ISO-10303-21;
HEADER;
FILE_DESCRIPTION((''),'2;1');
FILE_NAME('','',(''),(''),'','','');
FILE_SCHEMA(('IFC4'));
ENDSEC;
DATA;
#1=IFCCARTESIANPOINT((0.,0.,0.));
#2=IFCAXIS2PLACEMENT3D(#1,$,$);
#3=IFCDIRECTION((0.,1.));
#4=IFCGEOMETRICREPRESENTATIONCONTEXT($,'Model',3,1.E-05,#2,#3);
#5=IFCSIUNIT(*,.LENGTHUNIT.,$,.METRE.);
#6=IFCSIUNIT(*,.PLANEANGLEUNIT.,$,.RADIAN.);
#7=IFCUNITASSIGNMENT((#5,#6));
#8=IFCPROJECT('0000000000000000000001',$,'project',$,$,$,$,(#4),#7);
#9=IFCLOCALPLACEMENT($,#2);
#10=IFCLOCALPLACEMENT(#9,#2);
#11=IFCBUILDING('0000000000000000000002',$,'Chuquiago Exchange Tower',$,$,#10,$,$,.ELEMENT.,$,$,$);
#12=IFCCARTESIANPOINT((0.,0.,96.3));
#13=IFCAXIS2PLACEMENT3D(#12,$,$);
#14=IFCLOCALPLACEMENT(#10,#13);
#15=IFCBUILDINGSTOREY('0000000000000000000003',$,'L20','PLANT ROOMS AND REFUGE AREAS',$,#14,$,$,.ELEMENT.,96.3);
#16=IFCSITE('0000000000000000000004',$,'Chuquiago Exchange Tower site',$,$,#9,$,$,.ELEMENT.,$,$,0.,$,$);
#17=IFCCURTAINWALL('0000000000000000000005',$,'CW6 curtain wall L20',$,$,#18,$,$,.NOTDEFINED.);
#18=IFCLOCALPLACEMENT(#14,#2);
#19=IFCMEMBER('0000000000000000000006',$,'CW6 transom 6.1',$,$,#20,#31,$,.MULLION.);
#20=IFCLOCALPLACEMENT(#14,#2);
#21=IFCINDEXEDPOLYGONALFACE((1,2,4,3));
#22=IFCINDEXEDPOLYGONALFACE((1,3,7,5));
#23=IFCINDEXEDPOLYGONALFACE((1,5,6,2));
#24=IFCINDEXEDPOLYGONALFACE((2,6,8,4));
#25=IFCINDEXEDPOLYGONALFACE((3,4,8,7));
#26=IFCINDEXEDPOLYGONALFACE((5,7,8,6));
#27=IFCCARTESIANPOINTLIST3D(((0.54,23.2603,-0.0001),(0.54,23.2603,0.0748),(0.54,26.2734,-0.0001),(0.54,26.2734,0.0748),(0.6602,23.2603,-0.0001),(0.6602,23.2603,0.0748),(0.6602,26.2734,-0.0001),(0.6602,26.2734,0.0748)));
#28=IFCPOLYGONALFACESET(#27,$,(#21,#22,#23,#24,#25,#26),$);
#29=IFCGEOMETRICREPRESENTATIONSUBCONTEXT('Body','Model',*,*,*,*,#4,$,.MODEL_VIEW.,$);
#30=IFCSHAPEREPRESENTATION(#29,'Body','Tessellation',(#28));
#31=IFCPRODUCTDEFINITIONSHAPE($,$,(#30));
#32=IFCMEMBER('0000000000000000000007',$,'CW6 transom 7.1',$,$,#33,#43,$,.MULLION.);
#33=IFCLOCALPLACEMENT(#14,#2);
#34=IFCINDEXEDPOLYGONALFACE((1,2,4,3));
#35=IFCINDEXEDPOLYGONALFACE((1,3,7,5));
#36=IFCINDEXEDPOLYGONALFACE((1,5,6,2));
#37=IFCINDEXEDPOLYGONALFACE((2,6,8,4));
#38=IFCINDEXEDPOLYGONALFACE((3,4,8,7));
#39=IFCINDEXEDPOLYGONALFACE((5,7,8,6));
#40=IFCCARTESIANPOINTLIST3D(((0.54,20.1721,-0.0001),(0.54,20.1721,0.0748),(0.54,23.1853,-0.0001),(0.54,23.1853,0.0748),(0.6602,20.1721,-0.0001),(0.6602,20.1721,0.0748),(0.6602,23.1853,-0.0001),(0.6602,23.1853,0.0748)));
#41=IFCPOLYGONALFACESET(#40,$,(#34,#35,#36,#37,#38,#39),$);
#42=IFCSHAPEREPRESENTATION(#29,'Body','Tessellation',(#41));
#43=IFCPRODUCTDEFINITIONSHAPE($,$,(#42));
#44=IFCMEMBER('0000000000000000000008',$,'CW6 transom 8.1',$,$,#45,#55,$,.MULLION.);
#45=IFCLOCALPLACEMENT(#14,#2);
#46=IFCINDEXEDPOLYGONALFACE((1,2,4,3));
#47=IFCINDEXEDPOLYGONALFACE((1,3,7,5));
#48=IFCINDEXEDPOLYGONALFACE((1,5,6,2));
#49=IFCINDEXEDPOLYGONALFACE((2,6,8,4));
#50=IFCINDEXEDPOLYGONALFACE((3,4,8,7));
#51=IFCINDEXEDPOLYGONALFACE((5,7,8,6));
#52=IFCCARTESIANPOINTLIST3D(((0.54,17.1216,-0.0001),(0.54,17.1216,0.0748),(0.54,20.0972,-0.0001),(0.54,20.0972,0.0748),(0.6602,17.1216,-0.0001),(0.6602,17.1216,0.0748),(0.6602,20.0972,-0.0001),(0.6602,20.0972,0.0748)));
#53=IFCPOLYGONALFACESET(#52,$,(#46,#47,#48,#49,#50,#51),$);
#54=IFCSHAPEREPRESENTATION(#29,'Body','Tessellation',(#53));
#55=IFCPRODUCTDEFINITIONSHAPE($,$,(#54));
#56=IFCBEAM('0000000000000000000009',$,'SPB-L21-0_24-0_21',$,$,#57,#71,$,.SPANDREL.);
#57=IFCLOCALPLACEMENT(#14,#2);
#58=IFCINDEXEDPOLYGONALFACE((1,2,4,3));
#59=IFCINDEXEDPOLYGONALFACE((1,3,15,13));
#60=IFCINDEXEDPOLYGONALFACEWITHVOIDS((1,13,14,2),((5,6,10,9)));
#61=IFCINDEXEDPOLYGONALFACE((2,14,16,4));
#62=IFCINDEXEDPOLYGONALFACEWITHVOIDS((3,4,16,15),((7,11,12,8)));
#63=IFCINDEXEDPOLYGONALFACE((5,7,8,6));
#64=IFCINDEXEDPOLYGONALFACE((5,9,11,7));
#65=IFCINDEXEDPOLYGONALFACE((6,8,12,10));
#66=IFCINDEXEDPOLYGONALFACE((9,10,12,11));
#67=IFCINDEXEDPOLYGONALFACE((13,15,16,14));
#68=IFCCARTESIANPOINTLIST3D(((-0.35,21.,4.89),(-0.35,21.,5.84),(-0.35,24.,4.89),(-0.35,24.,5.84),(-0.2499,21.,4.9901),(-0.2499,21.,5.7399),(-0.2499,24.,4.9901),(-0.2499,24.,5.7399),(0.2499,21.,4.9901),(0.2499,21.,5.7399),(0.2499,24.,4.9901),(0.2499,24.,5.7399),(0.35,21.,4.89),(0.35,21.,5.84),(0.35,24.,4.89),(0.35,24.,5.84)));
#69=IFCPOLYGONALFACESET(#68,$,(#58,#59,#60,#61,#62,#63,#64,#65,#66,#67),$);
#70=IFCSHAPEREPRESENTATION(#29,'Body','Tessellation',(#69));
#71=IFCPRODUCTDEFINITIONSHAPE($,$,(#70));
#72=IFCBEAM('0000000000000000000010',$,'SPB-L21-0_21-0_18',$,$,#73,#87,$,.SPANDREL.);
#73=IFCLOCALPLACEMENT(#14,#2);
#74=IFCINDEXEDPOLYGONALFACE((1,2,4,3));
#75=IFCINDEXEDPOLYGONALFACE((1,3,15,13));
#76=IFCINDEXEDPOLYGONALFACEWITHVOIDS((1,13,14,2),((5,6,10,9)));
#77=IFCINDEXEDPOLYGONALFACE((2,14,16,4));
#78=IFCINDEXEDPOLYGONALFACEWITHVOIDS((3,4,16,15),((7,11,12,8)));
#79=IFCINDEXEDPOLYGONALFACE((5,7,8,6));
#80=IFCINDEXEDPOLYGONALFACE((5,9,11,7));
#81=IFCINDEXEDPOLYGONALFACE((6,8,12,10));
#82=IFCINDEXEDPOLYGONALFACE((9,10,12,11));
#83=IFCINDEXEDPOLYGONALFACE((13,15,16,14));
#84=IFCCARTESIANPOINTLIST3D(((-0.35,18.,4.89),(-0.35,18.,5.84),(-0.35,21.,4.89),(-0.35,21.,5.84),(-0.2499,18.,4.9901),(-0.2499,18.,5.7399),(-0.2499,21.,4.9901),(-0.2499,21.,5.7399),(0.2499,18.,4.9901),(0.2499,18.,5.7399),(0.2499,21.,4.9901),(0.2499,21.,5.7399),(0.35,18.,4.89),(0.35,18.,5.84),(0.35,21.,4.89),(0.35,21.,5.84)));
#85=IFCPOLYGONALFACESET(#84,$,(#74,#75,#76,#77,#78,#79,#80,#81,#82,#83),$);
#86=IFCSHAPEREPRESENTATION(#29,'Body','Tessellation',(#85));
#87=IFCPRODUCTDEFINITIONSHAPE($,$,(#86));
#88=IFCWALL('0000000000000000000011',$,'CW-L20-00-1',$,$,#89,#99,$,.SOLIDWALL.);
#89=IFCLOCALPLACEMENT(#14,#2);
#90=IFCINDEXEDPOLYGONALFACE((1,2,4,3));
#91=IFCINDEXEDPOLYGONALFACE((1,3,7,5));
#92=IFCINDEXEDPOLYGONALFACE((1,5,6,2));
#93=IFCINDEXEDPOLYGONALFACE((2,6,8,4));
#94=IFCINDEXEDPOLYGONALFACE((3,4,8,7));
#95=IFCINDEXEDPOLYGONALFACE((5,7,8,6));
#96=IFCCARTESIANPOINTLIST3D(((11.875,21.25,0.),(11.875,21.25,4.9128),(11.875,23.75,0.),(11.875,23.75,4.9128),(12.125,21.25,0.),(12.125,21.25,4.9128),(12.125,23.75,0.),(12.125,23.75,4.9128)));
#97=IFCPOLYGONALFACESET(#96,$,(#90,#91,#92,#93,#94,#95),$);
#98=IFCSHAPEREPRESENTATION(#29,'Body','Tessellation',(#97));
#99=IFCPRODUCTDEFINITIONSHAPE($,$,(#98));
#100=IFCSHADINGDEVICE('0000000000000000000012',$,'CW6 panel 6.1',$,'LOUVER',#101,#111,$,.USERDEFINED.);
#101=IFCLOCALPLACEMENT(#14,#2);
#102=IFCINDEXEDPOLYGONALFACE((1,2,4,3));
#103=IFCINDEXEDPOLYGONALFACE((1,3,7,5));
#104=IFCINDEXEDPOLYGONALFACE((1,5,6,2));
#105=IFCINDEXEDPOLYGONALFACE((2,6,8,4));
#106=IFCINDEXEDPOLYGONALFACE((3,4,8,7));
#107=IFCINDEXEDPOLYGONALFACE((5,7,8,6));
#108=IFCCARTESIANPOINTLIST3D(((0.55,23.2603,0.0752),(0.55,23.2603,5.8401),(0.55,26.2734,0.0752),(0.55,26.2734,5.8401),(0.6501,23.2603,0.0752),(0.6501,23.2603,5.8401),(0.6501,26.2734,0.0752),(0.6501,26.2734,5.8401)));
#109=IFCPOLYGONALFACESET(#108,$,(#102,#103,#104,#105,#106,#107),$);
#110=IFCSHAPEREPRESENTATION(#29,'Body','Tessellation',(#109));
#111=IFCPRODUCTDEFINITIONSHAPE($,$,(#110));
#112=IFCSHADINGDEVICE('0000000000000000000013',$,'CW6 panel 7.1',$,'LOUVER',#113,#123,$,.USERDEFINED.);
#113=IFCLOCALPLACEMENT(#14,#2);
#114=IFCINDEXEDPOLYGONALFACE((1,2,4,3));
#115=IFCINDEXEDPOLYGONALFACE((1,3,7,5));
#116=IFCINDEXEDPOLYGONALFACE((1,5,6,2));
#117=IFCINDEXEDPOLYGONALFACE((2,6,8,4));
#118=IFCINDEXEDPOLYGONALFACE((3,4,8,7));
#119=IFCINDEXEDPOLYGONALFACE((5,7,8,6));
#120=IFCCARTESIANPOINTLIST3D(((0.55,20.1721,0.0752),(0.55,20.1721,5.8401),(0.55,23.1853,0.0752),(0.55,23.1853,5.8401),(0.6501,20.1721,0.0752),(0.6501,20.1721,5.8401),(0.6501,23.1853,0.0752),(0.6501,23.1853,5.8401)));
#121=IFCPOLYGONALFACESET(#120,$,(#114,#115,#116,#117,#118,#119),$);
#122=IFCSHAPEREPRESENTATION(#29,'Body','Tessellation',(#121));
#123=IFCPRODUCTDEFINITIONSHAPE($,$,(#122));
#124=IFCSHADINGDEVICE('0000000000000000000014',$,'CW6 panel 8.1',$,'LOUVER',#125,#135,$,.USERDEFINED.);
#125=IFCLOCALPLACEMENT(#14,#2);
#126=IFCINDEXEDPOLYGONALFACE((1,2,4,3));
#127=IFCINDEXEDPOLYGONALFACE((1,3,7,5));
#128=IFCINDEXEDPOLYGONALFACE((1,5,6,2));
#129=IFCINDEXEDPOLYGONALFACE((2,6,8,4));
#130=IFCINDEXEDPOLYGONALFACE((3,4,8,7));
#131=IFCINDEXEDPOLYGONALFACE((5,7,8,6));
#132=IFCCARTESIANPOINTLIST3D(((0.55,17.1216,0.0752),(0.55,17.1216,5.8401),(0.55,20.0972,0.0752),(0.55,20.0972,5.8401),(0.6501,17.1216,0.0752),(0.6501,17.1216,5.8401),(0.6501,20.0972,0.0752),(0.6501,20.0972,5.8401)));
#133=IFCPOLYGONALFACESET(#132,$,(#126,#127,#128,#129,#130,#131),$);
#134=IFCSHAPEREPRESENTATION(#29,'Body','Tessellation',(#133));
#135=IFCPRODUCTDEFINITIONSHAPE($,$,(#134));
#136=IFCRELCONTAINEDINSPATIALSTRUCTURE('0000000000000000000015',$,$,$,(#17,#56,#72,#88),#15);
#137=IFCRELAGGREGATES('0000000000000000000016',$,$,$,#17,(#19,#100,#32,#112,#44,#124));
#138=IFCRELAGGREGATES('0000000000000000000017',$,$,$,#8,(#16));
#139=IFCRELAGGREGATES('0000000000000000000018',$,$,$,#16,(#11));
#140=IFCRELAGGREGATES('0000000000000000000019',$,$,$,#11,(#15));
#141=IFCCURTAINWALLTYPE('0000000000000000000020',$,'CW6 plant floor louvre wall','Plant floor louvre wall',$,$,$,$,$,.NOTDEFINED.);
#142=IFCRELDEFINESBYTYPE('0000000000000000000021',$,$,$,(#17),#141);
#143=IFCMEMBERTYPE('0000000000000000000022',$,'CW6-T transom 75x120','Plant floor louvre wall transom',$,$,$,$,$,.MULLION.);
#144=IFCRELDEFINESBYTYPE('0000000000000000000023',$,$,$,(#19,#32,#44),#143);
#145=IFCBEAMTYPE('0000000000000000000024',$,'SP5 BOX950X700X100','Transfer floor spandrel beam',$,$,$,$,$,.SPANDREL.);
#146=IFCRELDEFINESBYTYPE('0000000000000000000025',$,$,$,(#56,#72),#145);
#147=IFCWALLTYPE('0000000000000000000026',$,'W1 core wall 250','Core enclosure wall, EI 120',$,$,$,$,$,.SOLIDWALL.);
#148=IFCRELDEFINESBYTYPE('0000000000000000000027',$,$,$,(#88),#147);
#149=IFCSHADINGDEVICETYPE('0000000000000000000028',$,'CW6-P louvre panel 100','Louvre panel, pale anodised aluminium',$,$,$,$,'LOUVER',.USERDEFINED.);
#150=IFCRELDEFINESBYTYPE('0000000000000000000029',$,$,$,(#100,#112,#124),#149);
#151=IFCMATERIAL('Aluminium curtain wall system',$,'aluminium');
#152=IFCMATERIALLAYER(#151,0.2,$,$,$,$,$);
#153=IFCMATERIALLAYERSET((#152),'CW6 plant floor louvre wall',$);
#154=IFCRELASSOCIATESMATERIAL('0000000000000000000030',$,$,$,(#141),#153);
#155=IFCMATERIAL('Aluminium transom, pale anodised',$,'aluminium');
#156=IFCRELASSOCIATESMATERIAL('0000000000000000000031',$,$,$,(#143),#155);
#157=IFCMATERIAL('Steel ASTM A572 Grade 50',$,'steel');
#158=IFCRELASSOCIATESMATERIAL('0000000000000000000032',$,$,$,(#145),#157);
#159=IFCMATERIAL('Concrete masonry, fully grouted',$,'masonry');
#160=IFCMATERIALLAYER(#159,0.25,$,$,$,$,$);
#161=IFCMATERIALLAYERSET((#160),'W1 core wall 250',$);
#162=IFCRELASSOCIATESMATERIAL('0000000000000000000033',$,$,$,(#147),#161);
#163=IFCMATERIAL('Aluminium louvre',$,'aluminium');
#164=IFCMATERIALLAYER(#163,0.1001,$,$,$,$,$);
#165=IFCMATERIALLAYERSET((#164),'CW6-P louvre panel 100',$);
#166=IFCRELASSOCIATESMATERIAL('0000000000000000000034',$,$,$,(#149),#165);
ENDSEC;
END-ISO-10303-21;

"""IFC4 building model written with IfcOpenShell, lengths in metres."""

from ifc_helpers import new_model, si_unit, direction, frame, frame_2d, origin, origin_2d, place, context, subcontext, project, spatial, rectangle, hollow_rectangle, extrude, material, layer, layer_set, material_profile, profile_set, type_object, element, aggregate, save


model = new_model("IFC4")

# Units and contexts
model_context = context("Model", 3, precision=1e-05, world=origin(), true_north=direction((0.0, 1.0)))
body_context = subcontext(model_context, "Body", "Model", "MODEL_VIEW")
ifc_project = project(units=[si_unit("LENGTHUNIT", "METRE"), si_unit("PLANEANGLEUNIT", "RADIAN")], contexts=[model_context])

# Site, building, storey
site_placement = place(None, origin())
site = spatial("IfcSite", under=ifc_project, at=site_placement, Name="Chuquiago Exchange Tower site", CompositionType="ELEMENT", RefElevation=0.0)
building_placement = place(site_placement, origin())
building = spatial("IfcBuilding", under=site, at=building_placement, Name="Chuquiago Exchange Tower", CompositionType="ELEMENT")
storey_placement = place(building_placement, frame((0.0, 0.0, 96.3)))
storey = spatial("IfcBuildingStorey", under=building, at=storey_placement, Name="L20", Description="PLANT ROOMS AND REFUGE AREAS", CompositionType="ELEMENT", Elevation=96.3)

# Curtain wall, members
ifc_material_1 = material(Name="Aluminium curtain wall system", Category="aluminium")
ifc_layer_1 = layer(ifc_material_1, 0.2)
ifc_layer_set_1 = layer_set([ifc_layer_1], Name="CW6 plant floor louvre wall")
curtain_wall_type = type_object("IfcCurtainWallType", Name="CW6 plant floor louvre wall", Description="Plant floor louvre wall", PredefinedType="NOTDEFINED", material=ifc_layer_set_1)
curtain_wall_placement = place(storey_placement, origin())
curtain_wall = element("IfcCurtainWall", 1, at=curtain_wall_placement, inside=storey, type_object=curtain_wall_type, Name="CW6 curtain wall L20", PredefinedType="NOTDEFINED")
ifc_material_2 = material(Name="Aluminium transom, pale anodised", Category="aluminium")
ifc_material_profile_1 = material_profile(ifc_material_2, rectangle(XDim=0.1201, YDim=0.075, at=origin_2d()), Name="AL 120x75")
ifc_profile_set_1 = profile_set([ifc_material_profile_1], Name="Aluminium transom, pale anodised")
member_type_1 = type_object("IfcMemberType", Name="CW6-T transom 75x120", Description="Plant floor louvre wall transom", PredefinedType="MULLION", material=ifc_profile_set_1)
member_1_placement = place(storey_placement, frame((0.6001, 26.2734, 0.0374), z_axis=(0.0, -1.0, 0.0), x_axis=(1.0, 0.0, 0.0)))
member_1 = element("IfcMember", 2, at=member_1_placement, type_object=member_type_1, Name="CW6 transom 6.1", PredefinedType="MULLION", context=body_context, shape_type="SweptSolid", body=[
    extrude(rectangle(XDim=0.1201, YDim=0.075, at=origin_2d()), origin(), (0.0, 0.0, 1.0), 3.0132),
])
member_2_placement = place(storey_placement, frame((0.6001, 23.1853, 0.0374), z_axis=(0.0, -1.0, 0.0), x_axis=(1.0, 0.0, 0.0)))
member_2 = element("IfcMember", 3, at=member_2_placement, type_object=member_type_1, Name="CW6 transom 7.1", PredefinedType="MULLION", context=body_context, shape_type="SweptSolid", body=[
    extrude(rectangle(XDim=0.1201, YDim=0.075, at=origin_2d()), origin(), (0.0, 0.0, 1.0), 3.0132),
])
member_3_placement = place(storey_placement, frame((0.6001, 20.0972, 0.0374), z_axis=(0.0, -1.0, 0.0), x_axis=(1.0, 0.0, 0.0)))
member_3 = element("IfcMember", 4, at=member_3_placement, type_object=member_type_1, Name="CW6 transom 8.1", PredefinedType="MULLION", context=body_context, shape_type="SweptSolid", body=[
    extrude(rectangle(XDim=0.1201, YDim=0.075, at=origin_2d()), origin(), (0.0, 0.0, 1.0), 2.9756),
])

# Beams
ifc_material_3 = material(Name="Steel ASTM A572 Grade 50", Category="steel")
ifc_material_profile_2 = material_profile(ifc_material_3, hollow_rectangle(XDim=0.7, YDim=0.95, WallThickness=0.1001, at=origin_2d()), Name="BOX950X700X100")
ifc_profile_set_2 = profile_set([ifc_material_profile_2], Name="Steel ASTM A572 Grade 50")
beam_type_1 = type_object("IfcBeamType", Name="SP5 BOX950X700X100", Description="Transfer floor spandrel beam", PredefinedType="SPANDREL", material=ifc_profile_set_2)
for number, where, z_axis, x_axis, name in (
    (5, (0.0, 24.0, 5.365), (0.0, -1.0, 0.0), (1.0, 0.0, 0.0), "SPB-L21-0_24-0_21"),
    (6, (0.0, 21.0, 5.365), (0.0, -1.0, 0.0), (1.0, 0.0, 0.0), "SPB-L21-0_21-0_18"),
):
    element("IfcBeam", number, at=place(storey_placement, frame(where, z_axis=z_axis, x_axis=x_axis)), inside=storey, type_object=beam_type_1, Name=name, PredefinedType="SPANDREL", context=body_context, shape_type="SweptSolid", body=[
        extrude(hollow_rectangle(XDim=0.7, YDim=0.95, WallThickness=0.1001, at=origin_2d()), origin(), (0.0, 0.0, 1.0), 3.0),
    ])

# Wall
ifc_material_4 = material(Name="Concrete masonry, fully grouted", Category="masonry")
ifc_layer_2 = layer(ifc_material_4, 0.25)
ifc_layer_set_2 = layer_set([ifc_layer_2], Name="W1 core wall 250")
wall_type = type_object("IfcWallType", Name="W1 core wall 250", Description="Core enclosure wall, EI 120", PredefinedType="SOLIDWALL", material=ifc_layer_set_2)
wall_placement = place(storey_placement, frame((12.0, 21.25, 0.0), z_axis=(0.0, 0.0, 1.0), x_axis=(0.0, 1.0, 0.0)))
element("IfcWall", 7, at=wall_placement, inside=storey, type_object=wall_type, Name="CW-L20-00-1", PredefinedType="SOLIDWALL", context=body_context, shape_type="SweptSolid", body=[
    extrude(rectangle(XDim=2.5, YDim=0.25, at=frame_2d((1.25, 0.0))), origin(), (0.0, 0.0, 1.0), 4.9128),
])

# Shading devices
ifc_material_5 = material(Name="Aluminium louvre", Category="aluminium")
ifc_layer_3 = layer(ifc_material_5, 0.1001)
ifc_layer_set_3 = layer_set([ifc_layer_3], Name="CW6-P louvre panel 100")
shading_device_type = type_object("IfcShadingDeviceType", Name="CW6-P louvre panel 100", Description="Louvre panel, pale anodised aluminium", ElementType="LOUVER", PredefinedType="USERDEFINED", material=ifc_layer_set_3)
shading_device_1_placement = place(storey_placement, frame((0.6001, 24.7668, 0.0752), z_axis=(0.0, 0.0, 1.0), x_axis=(0.0, -1.0, 0.0)))
shading_device_1 = element("IfcShadingDevice", 8, at=shading_device_1_placement, type_object=shading_device_type, Name="CW6 panel 6.1", ObjectType="LOUVER", PredefinedType="USERDEFINED", context=body_context, shape_type="SweptSolid", body=[
    extrude(rectangle(XDim=3.0132, YDim=0.1001, at=origin_2d()), origin(), (0.0, 0.0, 1.0), 5.7649),
])
shading_device_2_placement = place(storey_placement, frame((0.6001, 21.6787, 0.0752), z_axis=(0.0, 0.0, 1.0), x_axis=(0.0, -1.0, 0.0)))
shading_device_2 = element("IfcShadingDevice", 9, at=shading_device_2_placement, type_object=shading_device_type, Name="CW6 panel 7.1", ObjectType="LOUVER", PredefinedType="USERDEFINED", context=body_context, shape_type="SweptSolid", body=[
    extrude(rectangle(XDim=3.0132, YDim=0.1001, at=origin_2d()), origin(), (0.0, 0.0, 1.0), 5.7649),
])
shading_device_3_placement = place(storey_placement, frame((0.6001, 18.6094, 0.0752), z_axis=(0.0, 0.0, 1.0), x_axis=(0.0, -1.0, 0.0)))
shading_device_3 = element("IfcShadingDevice", 10, at=shading_device_3_placement, type_object=shading_device_type, Name="CW6 panel 8.1", ObjectType="LOUVER", PredefinedType="USERDEFINED", context=body_context, shape_type="SweptSolid", body=[
    extrude(rectangle(XDim=2.9756, YDim=0.1001, at=origin_2d()), origin(), (0.0, 0.0, 1.0), 5.7649),
])
aggregate(curtain_wall, [member_1, shading_device_1, member_2, shading_device_2, member_3, shading_device_3])

save(model, "model.ifc")
